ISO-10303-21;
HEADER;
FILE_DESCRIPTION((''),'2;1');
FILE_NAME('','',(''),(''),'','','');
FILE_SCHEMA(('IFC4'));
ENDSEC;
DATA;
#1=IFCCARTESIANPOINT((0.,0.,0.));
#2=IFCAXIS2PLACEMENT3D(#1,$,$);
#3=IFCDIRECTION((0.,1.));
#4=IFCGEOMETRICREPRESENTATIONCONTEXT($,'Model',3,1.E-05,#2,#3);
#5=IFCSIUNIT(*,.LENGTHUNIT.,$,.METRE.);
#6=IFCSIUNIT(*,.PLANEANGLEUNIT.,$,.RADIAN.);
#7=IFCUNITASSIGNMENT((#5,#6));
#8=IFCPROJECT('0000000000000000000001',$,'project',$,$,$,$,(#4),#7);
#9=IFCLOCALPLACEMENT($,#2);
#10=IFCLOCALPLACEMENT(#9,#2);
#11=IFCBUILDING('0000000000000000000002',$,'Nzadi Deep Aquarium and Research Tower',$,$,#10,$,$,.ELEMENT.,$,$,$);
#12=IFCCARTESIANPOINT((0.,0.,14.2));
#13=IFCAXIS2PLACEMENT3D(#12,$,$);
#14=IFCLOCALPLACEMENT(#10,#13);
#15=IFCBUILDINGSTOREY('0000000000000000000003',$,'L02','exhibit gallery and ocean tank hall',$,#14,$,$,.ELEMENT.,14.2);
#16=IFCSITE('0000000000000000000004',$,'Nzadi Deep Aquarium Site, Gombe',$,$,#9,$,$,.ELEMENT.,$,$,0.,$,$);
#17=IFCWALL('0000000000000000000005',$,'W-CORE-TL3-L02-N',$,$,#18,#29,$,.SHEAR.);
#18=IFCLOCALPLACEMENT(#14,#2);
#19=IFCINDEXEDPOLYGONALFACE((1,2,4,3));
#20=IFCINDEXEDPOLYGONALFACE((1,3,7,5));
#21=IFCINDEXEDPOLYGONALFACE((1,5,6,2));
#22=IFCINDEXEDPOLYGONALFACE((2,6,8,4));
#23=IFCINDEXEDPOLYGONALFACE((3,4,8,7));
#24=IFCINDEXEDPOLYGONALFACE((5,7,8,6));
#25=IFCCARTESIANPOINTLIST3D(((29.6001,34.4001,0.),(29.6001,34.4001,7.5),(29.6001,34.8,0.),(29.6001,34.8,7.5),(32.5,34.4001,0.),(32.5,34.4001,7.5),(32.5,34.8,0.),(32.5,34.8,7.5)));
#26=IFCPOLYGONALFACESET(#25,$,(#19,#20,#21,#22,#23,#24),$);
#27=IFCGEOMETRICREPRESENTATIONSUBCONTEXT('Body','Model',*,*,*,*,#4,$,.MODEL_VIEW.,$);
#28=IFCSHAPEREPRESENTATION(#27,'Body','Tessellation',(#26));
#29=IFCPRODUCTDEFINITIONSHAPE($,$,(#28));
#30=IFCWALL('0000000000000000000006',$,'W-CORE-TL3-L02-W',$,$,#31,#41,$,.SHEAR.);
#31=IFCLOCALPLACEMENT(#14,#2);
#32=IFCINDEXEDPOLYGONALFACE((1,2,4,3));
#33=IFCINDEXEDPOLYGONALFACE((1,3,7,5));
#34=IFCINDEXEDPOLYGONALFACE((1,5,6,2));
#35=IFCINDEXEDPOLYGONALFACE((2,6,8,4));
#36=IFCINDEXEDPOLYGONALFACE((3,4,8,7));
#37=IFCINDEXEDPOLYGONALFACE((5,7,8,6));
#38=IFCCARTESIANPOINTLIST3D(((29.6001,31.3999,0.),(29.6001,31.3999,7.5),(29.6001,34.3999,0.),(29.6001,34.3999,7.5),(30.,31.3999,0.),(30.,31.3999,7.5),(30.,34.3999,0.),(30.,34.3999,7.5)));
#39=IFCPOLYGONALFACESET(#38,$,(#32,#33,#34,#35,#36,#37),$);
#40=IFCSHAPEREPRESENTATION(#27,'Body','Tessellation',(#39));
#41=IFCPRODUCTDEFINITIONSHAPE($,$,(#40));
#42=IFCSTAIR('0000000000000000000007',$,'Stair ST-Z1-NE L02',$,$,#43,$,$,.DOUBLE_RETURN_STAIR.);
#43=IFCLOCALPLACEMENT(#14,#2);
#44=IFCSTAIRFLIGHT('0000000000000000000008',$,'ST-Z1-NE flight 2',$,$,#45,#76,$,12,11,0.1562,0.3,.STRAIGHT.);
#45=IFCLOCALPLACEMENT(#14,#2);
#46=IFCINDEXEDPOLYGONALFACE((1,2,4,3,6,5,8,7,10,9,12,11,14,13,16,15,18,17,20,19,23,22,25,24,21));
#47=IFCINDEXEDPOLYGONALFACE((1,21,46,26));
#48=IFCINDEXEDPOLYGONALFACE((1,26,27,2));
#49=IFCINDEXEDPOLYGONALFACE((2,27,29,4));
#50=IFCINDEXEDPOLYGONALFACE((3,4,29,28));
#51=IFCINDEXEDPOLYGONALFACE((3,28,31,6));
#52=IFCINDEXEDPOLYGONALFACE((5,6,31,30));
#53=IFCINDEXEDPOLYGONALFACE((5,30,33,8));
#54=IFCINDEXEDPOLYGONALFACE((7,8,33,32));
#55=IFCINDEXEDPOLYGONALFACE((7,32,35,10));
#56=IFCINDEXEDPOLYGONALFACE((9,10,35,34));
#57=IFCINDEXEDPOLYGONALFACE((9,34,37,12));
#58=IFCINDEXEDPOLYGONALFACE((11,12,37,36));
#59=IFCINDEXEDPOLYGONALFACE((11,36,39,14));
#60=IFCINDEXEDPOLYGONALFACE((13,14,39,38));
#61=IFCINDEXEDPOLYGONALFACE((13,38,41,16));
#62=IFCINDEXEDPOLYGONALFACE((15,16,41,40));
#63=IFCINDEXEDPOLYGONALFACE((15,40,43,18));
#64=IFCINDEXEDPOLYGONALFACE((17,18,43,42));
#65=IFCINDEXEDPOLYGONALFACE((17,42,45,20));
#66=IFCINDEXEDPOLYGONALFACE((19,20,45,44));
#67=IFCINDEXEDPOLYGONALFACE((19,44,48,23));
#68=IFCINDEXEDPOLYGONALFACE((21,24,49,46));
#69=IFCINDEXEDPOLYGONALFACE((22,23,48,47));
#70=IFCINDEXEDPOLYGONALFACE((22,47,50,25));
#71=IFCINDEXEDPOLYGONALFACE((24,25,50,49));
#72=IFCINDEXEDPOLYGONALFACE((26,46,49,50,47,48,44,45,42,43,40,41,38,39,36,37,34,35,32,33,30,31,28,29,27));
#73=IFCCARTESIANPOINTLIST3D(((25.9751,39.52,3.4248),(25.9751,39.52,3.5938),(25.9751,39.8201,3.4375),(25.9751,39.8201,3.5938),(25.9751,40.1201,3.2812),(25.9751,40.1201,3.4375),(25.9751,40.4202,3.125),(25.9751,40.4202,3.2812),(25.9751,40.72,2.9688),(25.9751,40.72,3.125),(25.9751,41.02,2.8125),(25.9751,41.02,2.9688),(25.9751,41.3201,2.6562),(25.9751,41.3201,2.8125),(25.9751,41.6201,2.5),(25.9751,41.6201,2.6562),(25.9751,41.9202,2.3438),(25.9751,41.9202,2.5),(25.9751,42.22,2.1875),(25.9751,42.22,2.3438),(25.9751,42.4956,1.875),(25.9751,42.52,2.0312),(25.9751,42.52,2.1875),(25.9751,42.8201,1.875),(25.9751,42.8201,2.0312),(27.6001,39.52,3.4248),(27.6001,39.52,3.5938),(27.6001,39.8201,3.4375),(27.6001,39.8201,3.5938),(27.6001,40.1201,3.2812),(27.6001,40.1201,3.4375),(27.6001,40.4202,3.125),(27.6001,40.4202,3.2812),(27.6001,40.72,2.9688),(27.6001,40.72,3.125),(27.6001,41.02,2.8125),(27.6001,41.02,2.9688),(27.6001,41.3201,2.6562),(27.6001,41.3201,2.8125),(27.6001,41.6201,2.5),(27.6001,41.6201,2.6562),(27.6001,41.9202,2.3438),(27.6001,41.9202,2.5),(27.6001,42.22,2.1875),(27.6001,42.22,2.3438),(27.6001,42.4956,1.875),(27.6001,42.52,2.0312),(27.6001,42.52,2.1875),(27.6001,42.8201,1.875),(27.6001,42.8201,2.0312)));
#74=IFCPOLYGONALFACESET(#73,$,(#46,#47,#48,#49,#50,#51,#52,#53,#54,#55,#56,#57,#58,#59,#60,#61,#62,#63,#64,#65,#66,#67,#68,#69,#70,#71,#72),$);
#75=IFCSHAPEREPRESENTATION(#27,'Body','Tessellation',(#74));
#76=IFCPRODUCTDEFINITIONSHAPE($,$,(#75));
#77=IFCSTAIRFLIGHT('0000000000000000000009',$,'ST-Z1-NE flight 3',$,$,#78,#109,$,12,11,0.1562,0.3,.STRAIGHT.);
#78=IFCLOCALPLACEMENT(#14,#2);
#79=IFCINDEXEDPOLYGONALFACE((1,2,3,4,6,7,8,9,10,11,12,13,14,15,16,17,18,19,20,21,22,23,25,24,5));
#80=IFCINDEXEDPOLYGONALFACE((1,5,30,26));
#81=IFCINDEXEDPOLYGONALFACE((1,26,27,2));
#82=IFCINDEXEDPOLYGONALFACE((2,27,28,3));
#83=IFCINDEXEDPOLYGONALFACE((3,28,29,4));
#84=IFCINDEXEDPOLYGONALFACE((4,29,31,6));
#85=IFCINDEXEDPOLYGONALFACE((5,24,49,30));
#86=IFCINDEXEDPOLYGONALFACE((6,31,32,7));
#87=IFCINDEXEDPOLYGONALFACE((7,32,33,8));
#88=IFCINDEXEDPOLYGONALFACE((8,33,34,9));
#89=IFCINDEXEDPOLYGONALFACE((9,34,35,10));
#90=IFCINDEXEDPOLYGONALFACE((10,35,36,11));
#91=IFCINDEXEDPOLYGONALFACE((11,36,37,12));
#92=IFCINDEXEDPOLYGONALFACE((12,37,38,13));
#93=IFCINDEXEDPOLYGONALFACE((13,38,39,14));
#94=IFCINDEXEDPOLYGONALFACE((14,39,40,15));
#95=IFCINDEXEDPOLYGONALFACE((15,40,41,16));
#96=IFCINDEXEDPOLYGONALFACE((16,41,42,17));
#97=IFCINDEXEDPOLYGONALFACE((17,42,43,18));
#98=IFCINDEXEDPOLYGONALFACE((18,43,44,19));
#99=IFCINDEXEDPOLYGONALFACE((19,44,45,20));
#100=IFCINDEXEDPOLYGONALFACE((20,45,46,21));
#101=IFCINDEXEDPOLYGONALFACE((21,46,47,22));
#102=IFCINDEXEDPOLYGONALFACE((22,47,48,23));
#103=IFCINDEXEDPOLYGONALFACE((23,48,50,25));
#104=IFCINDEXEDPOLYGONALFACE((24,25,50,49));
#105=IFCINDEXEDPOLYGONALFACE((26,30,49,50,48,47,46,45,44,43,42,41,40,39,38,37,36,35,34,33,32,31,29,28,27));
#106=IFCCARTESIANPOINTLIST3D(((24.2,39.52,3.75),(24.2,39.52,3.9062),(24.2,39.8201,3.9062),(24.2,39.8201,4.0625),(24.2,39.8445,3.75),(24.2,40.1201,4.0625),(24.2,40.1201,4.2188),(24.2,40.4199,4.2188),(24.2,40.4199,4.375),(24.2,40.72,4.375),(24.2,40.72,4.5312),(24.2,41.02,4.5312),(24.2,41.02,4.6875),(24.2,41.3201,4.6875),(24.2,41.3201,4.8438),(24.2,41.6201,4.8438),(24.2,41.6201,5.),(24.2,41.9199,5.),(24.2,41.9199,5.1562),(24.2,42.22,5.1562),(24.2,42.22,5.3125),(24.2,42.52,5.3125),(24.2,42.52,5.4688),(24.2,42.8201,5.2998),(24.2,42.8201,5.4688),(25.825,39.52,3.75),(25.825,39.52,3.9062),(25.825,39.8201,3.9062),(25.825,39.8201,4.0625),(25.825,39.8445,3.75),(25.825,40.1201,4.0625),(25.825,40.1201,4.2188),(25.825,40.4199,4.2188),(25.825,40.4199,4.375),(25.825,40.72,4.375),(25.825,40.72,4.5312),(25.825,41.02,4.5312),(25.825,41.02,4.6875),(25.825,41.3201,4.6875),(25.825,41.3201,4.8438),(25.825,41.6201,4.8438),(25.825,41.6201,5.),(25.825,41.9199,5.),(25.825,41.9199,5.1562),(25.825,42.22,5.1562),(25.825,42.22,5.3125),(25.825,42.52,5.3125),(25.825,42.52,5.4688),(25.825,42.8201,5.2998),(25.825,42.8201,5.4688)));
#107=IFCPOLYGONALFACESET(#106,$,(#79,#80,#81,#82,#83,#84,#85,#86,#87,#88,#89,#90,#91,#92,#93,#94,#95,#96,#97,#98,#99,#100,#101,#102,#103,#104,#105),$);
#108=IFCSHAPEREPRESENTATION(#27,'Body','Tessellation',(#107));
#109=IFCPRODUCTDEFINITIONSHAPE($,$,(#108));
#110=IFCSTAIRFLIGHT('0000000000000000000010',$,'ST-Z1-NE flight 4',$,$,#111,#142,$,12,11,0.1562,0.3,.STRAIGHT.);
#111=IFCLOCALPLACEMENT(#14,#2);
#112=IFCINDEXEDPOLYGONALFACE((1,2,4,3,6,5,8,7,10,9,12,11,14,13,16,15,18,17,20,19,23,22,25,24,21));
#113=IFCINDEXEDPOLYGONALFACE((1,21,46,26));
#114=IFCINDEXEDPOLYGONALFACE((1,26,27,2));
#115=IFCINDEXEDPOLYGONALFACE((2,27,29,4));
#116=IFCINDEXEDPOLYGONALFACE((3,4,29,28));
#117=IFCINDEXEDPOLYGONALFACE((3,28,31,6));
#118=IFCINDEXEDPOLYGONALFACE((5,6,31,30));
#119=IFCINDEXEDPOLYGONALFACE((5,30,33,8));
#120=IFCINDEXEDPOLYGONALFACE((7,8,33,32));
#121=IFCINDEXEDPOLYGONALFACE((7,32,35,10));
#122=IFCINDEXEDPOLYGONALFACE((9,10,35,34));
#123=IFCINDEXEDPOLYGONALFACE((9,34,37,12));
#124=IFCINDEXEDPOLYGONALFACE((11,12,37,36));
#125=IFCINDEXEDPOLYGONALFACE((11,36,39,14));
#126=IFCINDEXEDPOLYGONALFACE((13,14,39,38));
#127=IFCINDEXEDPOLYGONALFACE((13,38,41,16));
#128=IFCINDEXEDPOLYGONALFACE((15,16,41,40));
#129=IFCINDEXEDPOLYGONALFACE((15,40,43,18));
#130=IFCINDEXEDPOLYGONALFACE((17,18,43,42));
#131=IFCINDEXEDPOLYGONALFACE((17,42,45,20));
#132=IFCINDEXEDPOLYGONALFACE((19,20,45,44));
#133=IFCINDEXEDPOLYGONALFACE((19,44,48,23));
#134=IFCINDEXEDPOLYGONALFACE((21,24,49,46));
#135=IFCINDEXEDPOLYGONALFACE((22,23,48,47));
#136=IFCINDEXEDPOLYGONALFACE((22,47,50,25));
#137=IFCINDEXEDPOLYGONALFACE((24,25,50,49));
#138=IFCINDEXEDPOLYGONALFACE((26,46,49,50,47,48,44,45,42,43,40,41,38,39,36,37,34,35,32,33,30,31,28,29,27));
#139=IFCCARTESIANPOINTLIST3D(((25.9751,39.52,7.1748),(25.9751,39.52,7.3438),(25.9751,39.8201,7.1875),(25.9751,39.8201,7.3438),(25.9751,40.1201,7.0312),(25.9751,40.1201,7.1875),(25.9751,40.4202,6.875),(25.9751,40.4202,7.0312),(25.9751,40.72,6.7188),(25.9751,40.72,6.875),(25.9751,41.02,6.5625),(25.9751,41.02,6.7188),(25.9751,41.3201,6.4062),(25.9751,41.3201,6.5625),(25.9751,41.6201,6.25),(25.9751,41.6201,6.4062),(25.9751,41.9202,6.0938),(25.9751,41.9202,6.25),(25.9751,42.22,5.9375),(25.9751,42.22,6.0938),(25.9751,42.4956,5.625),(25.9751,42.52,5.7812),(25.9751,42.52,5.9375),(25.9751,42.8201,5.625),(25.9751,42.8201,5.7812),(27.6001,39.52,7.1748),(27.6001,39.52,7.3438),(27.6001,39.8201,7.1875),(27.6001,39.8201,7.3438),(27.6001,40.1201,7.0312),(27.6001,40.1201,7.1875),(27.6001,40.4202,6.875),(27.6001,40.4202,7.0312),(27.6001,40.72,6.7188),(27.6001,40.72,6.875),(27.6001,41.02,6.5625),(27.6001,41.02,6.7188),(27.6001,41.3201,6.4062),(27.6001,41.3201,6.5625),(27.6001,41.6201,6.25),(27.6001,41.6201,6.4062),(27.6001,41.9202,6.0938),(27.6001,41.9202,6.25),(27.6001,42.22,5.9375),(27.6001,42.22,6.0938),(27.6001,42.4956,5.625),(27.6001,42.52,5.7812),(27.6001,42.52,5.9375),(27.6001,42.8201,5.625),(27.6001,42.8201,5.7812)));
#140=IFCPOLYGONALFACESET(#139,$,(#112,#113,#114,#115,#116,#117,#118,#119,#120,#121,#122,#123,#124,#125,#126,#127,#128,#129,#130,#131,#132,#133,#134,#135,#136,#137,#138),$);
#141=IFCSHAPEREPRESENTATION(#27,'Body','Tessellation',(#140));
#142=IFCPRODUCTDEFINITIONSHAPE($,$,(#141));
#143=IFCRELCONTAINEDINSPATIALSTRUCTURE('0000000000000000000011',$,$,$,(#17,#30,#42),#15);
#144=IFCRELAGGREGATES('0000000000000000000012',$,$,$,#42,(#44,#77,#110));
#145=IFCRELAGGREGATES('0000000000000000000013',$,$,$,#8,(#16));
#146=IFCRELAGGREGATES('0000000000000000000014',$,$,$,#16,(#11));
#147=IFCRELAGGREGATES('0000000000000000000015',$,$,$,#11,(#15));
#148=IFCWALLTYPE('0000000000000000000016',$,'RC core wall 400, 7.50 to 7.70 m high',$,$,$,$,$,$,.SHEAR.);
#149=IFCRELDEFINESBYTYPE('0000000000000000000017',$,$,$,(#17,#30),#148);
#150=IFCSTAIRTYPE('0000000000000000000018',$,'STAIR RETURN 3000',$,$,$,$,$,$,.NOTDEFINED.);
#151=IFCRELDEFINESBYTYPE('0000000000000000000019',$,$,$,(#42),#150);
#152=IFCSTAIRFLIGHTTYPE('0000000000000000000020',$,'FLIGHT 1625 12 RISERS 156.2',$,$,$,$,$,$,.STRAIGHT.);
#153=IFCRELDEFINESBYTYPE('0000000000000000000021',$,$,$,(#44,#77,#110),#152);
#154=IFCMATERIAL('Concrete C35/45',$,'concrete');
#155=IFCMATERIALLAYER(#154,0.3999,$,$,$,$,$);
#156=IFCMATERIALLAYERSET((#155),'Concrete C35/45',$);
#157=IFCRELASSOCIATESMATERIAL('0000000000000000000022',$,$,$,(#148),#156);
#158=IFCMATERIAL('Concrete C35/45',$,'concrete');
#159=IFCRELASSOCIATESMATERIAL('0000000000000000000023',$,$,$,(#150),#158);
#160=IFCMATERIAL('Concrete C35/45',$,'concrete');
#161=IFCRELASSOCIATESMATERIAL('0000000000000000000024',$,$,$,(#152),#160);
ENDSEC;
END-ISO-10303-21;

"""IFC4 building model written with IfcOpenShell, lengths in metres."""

from ifc_helpers import new_model, si_unit, direction, frame, frame_2d, origin, place, context, subcontext, project, spatial, polyline, rectangle, outline, extrude, material, layer, layer_set, type_object, element, aggregate, save


model = new_model("IFC4")

# Units and contexts
model_context = context("Model", 3, precision=1e-05, world=origin(), true_north=direction((0.0, 1.0)))
body_context = subcontext(model_context, "Body", "Model", "MODEL_VIEW")
ifc_project = project(units=[si_unit("LENGTHUNIT", "METRE"), si_unit("PLANEANGLEUNIT", "RADIAN")], contexts=[model_context])

# Site, building, storey
site_placement = place(None, origin())
site = spatial("IfcSite", under=ifc_project, at=site_placement, Name="Nzadi Deep Aquarium Site, Gombe", CompositionType="ELEMENT", RefElevation=0.0)
building_placement = place(site_placement, origin())
building = spatial("IfcBuilding", under=site, at=building_placement, Name="Nzadi Deep Aquarium and Research Tower", CompositionType="ELEMENT")
storey_placement = place(building_placement, frame((0.0, 0.0, 14.2)))
storey = spatial("IfcBuildingStorey", under=building, at=storey_placement, Name="L02", Description="exhibit gallery and ocean tank hall", CompositionType="ELEMENT", Elevation=14.2)

# Shared definitions
ifc_material_1 = material(Name="Concrete C35/45", Category="concrete")
ifc_layer_1 = layer(ifc_material_1, 0.3999)
ifc_layer_set_1 = layer_set([ifc_layer_1], Name="Concrete C35/45")
wall_type_1 = type_object("IfcWallType", Name="RC core wall 400, 7.50 to 7.70 m high", PredefinedType="SHEAR", material=ifc_layer_set_1)

# Walls
wall_1_placement = place(storey_placement, frame((29.6001, 34.6001, 0.0), z_axis=(0.0, 0.0, 1.0), x_axis=(1.0, 0.0, 0.0)))
element("IfcWall", 1, at=wall_1_placement, inside=storey, type_object=wall_type_1, Name="W-CORE-TL3-L02-N", PredefinedType="SHEAR", context=body_context, shape_type="SweptSolid", body=[
    extrude(rectangle(XDim=2.8999, YDim=0.3999, at=frame_2d((1.45, 0.0))), origin(), (0.0, 0.0, 1.0), 7.5),
])
wall_2_placement = place(storey_placement, frame((29.8, 31.3999, 0.0), z_axis=(0.0, 0.0, 1.0), x_axis=(0.0, 1.0, 0.0)))
element("IfcWall", 2, at=wall_2_placement, inside=storey, type_object=wall_type_1, Name="W-CORE-TL3-L02-W", PredefinedType="SHEAR", context=body_context, shape_type="SweptSolid", body=[
    extrude(rectangle(XDim=3.0, YDim=0.3999, at=frame_2d((1.5, 0.0))), origin(), (0.0, 0.0, 1.0), 7.5),
])

# Stair, stair flights
ifc_material_2 = material(Name="Concrete C35/45", Category="concrete")
stair_type = type_object("IfcStairType", Name="STAIR RETURN 3000", PredefinedType="NOTDEFINED", material=ifc_material_2)
stair_placement = place(storey_placement, origin())
stair = element("IfcStair", 3, at=stair_placement, inside=storey, type_object=stair_type, Name="Stair ST-Z1-NE L02", PredefinedType="DOUBLE_RETURN_STAIR")
ifc_material_3 = material(Name="Concrete C35/45", Category="concrete")
stair_flight_type = type_object("IfcStairFlightType", Name="FLIGHT 1625 12 RISERS 156.2", PredefinedType="STRAIGHT", material=ifc_material_3)
stair_flight_1_placement = place(storey_placement, frame((26.7876, 42.8201, 1.875), z_axis=(0.0, 0.0, 1.0), x_axis=(0.0, -1.0, 0.0)))
stair_flight_1 = element("IfcStairFlight", 4, at=stair_flight_1_placement, type_object=stair_flight_type, Name="ST-Z1-NE flight 2", NumberOfRisers=12, NumberOfTreads=11, PredefinedType="STRAIGHT", RiserHeight=0.1562, TreadLength=0.3, context=body_context, shape_type="SweptSolid", body=[
    extrude(outline(polyline([(0.0, 0.0), (0.0, 0.1562), (0.3, 0.1562), (0.3, 0.3125), (0.6001, 0.3125), (0.6001, 0.4688), (0.8999, 0.4688), (0.8999, 0.625), (1.2, 0.625), (1.2, 0.7812), (1.5, 0.7812), (1.5, 0.9375), (1.8, 0.9375), (1.8, 1.0938), (2.1001, 1.0938), (2.1001, 1.25), (2.3999, 1.25), (2.3999, 1.4062), (2.7, 1.4062), (2.7, 1.5625), (3.0, 1.5625), (3.0, 1.7188), (3.3, 1.7188), (3.3, 1.875), (3.3, 1.5498), (0.3245, 0.0), (0.0, 0.0)])), frame((0.0, 0.8125, 0.0), z_axis=(0.0, -1.0, 0.0), x_axis=(1.0, 0.0, 0.0)), (0.0, 0.0, 1.0), 1.625),
])
stair_flight_2_placement = place(storey_placement, frame((25.0125, 39.52, 3.75), z_axis=(0.0, 0.0, 1.0), x_axis=(0.0, 1.0, 0.0)))
stair_flight_2 = element("IfcStairFlight", 5, at=stair_flight_2_placement, type_object=stair_flight_type, Name="ST-Z1-NE flight 3", NumberOfRisers=12, NumberOfTreads=11, PredefinedType="STRAIGHT", RiserHeight=0.1562, TreadLength=0.3, context=body_context, shape_type="SweptSolid", body=[
    extrude(outline(polyline([(0.0, 0.0), (0.0, 0.1562), (0.3, 0.1562), (0.3, 0.3125), (0.6001, 0.3125), (0.6001, 0.4688), (0.8999, 0.4688), (0.8999, 0.625), (1.2, 0.625), (1.2, 0.7812), (1.5, 0.7812), (1.5, 0.9375), (1.8, 0.9375), (1.8, 1.0938), (2.1001, 1.0938), (2.1001, 1.25), (2.3999, 1.25), (2.3999, 1.4062), (2.7, 1.4062), (2.7, 1.5625), (3.0, 1.5625), (3.0, 1.7188), (3.3, 1.7188), (3.3, 1.875), (3.3, 1.5498), (0.3245, 0.0), (0.0, 0.0)])), frame((0.0, 0.8125, 0.0), z_axis=(0.0, -1.0, 0.0), x_axis=(1.0, 0.0, 0.0)), (0.0, 0.0, 1.0), 1.625),
])
stair_flight_3_placement = place(storey_placement, frame((26.7876, 42.8201, 5.625), z_axis=(0.0, 0.0, 1.0), x_axis=(0.0, -1.0, 0.0)))
stair_flight_3 = element("IfcStairFlight", 6, at=stair_flight_3_placement, type_object=stair_flight_type, Name="ST-Z1-NE flight 4", NumberOfRisers=12, NumberOfTreads=11, PredefinedType="STRAIGHT", RiserHeight=0.1562, TreadLength=0.3, context=body_context, shape_type="SweptSolid", body=[
    extrude(outline(polyline([(0.0, 0.0), (0.0, 0.1562), (0.3, 0.1562), (0.3, 0.3125), (0.6001, 0.3125), (0.6001, 0.4688), (0.8999, 0.4688), (0.8999, 0.625), (1.2, 0.625), (1.2, 0.7812), (1.5, 0.7812), (1.5, 0.9375), (1.8, 0.9375), (1.8, 1.0938), (2.1001, 1.0938), (2.1001, 1.25), (2.3999, 1.25), (2.3999, 1.4062), (2.7, 1.4062), (2.7, 1.5625), (3.0, 1.5625), (3.0, 1.7188), (3.3, 1.7188), (3.3, 1.875), (3.3, 1.5498), (0.3245, 0.0), (0.0, 0.0)])), frame((0.0, 0.8125, 0.0), z_axis=(0.0, -1.0, 0.0), x_axis=(1.0, 0.0, 0.0)), (0.0, 0.0, 1.0), 1.625),
])
aggregate(stair, [stair_flight_1, stair_flight_2, stair_flight_3])

save(model, "model.ifc")
